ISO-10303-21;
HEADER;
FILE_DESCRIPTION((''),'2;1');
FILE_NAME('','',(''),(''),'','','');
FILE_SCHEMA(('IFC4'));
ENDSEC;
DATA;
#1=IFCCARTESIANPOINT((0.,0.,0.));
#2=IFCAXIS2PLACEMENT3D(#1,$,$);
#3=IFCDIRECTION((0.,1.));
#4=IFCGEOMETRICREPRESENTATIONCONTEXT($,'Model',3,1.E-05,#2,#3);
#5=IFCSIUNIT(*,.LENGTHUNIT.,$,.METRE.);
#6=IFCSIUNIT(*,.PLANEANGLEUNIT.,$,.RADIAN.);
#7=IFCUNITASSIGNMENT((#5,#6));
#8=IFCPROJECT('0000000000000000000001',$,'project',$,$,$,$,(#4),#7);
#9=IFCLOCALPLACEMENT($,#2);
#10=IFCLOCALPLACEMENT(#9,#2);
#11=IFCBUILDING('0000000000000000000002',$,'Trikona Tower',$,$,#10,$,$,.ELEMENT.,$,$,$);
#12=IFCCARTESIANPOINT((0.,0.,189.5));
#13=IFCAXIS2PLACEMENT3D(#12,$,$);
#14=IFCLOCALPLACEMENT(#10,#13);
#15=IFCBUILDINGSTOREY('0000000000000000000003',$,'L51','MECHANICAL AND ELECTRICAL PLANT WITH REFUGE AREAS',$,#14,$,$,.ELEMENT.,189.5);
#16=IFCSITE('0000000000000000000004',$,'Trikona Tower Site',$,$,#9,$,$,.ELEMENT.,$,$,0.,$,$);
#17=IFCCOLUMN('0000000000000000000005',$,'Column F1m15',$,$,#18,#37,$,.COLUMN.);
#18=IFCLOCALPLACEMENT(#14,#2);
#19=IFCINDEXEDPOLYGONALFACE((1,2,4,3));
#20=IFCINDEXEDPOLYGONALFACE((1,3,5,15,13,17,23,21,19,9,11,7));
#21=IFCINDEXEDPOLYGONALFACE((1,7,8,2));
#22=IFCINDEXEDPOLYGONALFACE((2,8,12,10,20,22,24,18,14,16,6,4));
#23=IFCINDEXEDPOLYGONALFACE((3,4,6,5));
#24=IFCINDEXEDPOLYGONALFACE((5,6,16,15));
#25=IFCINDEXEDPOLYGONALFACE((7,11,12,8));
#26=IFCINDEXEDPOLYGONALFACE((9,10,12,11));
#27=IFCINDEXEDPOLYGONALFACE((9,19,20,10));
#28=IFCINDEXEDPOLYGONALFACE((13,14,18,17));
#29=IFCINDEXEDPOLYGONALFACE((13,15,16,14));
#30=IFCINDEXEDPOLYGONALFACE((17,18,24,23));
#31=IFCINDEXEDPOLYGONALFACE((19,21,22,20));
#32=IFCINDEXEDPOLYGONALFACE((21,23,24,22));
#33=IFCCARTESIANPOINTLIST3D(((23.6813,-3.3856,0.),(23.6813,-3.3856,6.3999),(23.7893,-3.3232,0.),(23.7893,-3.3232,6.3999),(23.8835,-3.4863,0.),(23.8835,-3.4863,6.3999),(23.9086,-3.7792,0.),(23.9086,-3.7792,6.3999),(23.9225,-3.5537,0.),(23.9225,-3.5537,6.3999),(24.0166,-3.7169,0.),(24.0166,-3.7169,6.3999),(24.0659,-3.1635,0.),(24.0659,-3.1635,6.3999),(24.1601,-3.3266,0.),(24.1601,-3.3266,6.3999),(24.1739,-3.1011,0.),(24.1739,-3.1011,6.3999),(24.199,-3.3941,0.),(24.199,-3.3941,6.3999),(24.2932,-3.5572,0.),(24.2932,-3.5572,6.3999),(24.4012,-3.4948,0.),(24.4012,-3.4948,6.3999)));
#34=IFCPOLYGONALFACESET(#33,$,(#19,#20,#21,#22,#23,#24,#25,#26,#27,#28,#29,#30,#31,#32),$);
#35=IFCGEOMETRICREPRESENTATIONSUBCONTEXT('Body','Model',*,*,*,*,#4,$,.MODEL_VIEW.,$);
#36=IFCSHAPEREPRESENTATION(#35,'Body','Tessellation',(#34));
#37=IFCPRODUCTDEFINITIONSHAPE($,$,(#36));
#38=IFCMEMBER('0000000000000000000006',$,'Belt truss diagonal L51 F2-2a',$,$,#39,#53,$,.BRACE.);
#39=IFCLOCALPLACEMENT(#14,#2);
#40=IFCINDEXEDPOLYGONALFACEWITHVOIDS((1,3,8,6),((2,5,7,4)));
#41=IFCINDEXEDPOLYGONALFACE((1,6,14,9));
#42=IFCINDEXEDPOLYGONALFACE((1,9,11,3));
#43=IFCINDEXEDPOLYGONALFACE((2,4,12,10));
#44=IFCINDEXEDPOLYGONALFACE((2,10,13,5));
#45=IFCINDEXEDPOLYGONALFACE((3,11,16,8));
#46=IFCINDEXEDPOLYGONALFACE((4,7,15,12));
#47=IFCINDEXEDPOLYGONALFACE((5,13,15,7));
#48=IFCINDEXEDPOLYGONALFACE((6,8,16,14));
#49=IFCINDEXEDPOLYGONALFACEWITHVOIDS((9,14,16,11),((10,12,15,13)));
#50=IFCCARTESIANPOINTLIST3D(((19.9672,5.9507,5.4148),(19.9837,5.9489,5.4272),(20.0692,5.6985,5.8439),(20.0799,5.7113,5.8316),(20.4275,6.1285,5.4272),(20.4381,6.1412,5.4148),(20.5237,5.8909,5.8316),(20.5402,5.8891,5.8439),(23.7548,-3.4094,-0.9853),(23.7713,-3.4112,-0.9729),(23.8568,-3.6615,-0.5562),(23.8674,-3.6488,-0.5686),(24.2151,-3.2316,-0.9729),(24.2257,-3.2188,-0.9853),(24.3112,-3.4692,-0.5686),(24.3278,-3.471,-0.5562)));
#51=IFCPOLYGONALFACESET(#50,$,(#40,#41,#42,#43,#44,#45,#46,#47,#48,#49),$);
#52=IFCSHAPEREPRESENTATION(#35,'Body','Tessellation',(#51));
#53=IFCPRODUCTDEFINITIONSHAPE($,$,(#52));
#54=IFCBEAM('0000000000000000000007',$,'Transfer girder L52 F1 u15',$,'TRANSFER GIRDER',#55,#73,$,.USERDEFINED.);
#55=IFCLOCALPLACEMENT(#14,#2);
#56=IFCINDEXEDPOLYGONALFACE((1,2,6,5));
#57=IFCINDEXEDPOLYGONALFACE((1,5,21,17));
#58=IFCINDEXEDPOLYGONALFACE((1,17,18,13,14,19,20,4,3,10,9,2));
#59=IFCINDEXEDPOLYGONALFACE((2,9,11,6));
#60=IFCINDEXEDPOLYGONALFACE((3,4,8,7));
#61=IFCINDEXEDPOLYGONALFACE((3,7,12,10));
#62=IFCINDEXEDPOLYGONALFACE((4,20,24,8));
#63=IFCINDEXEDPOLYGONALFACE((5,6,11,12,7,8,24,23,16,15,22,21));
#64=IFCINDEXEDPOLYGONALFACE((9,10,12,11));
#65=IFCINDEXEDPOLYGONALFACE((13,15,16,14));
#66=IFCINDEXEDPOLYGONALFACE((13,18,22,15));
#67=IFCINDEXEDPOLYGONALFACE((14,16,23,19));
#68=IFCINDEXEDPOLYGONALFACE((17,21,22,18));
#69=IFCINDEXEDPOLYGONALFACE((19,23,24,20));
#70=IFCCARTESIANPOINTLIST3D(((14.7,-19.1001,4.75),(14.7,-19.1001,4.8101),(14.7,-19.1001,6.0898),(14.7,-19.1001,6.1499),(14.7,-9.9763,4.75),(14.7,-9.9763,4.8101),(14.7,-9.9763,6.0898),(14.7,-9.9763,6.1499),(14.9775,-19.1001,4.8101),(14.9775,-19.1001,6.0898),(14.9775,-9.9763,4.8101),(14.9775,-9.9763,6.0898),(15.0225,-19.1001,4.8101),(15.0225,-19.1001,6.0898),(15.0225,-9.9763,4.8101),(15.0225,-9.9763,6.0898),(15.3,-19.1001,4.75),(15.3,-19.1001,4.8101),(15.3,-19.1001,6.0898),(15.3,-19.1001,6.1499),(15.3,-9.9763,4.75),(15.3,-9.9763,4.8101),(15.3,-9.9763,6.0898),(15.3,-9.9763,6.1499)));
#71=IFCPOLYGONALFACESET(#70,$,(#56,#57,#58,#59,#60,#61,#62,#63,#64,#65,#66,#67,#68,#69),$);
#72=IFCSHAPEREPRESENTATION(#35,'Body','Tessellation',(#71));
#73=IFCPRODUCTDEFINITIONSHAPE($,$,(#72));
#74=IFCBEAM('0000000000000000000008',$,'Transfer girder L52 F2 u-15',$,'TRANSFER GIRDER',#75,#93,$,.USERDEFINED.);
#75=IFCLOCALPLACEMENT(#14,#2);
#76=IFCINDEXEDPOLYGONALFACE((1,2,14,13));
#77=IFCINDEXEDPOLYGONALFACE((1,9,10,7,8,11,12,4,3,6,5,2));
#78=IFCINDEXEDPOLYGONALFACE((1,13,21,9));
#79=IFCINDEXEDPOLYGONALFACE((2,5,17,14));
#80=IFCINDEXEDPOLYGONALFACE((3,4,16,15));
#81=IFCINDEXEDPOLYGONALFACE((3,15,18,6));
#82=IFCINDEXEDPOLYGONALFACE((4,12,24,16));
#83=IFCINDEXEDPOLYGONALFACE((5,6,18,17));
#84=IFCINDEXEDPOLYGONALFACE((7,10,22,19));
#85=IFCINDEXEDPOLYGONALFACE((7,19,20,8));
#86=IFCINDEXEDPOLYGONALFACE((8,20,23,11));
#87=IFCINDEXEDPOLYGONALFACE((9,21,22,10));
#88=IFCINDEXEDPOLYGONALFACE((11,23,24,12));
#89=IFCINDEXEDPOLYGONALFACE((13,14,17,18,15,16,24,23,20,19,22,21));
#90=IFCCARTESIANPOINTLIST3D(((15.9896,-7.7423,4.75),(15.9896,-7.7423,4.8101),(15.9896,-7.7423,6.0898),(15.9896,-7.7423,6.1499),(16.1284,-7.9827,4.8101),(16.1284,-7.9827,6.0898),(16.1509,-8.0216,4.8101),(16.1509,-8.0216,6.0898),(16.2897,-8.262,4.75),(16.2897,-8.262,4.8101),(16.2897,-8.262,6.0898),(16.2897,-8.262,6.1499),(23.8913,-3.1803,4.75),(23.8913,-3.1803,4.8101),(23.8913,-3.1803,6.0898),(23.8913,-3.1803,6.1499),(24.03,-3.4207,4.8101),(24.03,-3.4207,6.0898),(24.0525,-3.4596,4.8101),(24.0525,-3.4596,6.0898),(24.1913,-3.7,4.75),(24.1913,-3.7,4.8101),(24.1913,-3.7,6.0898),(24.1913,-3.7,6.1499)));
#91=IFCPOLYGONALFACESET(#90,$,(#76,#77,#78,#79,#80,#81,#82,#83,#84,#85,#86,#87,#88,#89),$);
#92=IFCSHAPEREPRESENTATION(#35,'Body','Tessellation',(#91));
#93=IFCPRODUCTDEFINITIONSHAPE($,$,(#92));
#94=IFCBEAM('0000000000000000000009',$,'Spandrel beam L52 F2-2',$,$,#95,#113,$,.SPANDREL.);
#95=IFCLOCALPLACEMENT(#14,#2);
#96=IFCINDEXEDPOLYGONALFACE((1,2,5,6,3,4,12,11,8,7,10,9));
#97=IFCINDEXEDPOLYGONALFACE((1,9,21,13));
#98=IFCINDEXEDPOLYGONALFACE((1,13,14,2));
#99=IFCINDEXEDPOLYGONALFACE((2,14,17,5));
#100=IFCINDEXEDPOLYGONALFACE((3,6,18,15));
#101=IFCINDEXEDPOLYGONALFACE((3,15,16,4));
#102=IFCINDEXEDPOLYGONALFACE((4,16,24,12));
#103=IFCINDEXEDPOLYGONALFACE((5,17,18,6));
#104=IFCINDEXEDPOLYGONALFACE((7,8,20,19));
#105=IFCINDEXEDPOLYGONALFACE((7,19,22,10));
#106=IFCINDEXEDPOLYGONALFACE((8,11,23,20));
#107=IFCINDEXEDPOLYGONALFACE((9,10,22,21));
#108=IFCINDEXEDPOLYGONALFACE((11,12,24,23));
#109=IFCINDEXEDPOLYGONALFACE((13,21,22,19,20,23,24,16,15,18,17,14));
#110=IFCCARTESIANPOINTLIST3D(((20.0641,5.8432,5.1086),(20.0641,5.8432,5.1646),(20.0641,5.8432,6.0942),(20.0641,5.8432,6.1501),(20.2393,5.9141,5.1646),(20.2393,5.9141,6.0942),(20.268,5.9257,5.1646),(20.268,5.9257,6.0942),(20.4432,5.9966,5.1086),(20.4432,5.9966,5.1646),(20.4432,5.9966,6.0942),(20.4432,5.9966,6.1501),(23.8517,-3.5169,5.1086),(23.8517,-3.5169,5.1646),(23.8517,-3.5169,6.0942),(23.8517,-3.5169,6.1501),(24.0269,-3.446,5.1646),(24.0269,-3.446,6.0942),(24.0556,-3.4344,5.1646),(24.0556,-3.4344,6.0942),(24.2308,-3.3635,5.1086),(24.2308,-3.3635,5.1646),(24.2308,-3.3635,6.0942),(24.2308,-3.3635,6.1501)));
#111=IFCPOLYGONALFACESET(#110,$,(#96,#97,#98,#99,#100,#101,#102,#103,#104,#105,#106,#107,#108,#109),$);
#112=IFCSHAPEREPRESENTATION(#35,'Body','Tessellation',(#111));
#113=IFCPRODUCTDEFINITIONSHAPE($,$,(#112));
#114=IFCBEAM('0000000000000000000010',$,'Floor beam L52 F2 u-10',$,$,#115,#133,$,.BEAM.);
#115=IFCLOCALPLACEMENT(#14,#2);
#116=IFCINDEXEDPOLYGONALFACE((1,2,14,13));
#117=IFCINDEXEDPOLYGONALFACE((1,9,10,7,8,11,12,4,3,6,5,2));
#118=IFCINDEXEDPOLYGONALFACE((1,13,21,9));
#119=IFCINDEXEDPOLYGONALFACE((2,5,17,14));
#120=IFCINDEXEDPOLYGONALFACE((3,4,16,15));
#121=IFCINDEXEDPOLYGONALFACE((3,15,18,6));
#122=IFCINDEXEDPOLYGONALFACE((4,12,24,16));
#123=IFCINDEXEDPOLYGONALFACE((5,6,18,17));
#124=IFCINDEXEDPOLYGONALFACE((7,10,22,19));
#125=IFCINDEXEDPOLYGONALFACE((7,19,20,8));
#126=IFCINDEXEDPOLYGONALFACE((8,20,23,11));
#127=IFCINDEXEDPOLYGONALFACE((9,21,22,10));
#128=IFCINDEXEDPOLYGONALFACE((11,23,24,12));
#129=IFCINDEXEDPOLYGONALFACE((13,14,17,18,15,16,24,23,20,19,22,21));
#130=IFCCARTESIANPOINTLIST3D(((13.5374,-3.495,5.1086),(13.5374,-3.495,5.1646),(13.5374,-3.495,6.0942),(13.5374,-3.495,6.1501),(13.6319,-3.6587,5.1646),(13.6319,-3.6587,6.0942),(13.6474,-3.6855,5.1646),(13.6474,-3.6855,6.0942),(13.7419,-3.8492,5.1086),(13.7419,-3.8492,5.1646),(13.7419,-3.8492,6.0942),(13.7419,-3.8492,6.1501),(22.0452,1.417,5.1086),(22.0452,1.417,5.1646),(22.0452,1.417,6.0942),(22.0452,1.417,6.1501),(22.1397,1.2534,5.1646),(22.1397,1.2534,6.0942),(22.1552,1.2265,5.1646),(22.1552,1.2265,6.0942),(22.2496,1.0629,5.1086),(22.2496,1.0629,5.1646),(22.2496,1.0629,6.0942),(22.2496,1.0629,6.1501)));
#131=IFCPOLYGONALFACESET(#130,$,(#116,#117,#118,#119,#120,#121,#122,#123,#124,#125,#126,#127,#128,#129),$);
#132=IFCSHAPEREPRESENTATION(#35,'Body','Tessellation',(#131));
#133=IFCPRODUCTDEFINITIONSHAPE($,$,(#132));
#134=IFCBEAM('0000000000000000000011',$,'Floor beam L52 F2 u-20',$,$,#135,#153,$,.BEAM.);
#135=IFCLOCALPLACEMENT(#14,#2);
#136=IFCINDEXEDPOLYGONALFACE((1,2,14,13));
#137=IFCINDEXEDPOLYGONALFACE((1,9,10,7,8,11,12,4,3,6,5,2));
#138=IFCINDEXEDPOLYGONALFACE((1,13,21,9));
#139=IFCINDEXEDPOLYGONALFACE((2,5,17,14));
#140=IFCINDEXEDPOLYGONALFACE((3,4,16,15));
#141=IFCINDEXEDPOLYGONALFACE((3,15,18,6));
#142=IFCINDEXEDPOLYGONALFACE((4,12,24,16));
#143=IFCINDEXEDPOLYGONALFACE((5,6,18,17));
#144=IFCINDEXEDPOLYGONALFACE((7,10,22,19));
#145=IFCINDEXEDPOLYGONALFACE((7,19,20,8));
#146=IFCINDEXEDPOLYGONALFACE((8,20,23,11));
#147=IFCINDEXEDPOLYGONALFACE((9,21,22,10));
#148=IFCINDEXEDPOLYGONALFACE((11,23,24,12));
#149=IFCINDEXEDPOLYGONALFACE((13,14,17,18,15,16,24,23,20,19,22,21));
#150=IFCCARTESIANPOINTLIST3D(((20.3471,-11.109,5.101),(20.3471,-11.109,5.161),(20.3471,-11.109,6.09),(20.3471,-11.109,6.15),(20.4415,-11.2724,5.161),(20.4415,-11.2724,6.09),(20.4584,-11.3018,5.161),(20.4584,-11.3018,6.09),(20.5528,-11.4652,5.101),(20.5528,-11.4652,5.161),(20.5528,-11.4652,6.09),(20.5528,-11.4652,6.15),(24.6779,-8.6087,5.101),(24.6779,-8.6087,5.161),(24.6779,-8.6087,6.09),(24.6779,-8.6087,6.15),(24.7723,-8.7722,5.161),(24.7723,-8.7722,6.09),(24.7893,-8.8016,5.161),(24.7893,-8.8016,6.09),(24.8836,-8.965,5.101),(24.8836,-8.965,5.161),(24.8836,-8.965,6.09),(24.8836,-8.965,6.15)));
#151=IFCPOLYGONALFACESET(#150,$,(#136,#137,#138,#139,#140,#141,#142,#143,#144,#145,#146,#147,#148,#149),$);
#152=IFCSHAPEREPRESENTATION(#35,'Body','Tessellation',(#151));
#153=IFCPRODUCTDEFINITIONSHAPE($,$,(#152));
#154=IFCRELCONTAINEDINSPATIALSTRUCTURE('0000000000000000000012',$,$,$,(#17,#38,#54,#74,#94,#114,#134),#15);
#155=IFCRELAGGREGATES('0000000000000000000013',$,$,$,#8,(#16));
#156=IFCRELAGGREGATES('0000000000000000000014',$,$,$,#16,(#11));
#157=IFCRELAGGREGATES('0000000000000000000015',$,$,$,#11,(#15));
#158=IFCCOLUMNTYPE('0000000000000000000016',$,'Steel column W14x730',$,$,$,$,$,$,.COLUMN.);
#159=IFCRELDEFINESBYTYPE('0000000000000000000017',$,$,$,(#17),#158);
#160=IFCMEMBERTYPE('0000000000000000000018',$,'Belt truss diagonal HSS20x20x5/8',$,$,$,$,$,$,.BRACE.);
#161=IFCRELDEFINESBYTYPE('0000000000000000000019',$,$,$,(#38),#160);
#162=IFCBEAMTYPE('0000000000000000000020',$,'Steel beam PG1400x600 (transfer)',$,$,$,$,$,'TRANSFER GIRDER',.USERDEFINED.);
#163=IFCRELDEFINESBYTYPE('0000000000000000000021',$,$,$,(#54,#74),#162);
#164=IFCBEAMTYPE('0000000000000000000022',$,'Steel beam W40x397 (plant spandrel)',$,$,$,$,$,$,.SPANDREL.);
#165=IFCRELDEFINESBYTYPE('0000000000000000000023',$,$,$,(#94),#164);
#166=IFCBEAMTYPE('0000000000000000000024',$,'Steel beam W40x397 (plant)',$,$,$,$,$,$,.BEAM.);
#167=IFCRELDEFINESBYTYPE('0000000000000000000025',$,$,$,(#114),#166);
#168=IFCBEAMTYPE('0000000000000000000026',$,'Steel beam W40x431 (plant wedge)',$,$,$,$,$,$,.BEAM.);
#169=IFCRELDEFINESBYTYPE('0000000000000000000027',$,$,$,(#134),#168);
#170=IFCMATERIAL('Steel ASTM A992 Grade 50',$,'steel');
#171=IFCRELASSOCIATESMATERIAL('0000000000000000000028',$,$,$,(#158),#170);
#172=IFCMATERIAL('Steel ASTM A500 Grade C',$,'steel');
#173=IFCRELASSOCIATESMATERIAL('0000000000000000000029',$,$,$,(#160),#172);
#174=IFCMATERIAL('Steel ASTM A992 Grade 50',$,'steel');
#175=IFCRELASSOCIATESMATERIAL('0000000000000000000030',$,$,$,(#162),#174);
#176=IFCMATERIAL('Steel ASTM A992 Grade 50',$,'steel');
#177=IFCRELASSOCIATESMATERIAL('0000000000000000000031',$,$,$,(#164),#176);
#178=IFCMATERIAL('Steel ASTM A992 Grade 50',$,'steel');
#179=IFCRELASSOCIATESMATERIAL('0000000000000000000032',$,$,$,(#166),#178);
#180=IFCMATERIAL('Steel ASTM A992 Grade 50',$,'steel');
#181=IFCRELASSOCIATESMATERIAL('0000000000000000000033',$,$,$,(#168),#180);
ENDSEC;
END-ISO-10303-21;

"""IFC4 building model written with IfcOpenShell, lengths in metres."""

from ifc_helpers import new_model, si_unit, direction, frame, origin, origin_2d, place, context, subcontext, project, spatial, hollow_rectangle, i_section, extrude, material, material_profile, profile_set, type_object, element, save


model = new_model("IFC4")

# Units and contexts
model_context = context("Model", 3, precision=1e-05, world=origin(), true_north=direction((0.0, 1.0)))
body_context = subcontext(model_context, "Body", "Model", "MODEL_VIEW")
ifc_project = project(units=[si_unit("LENGTHUNIT", "METRE"), si_unit("PLANEANGLEUNIT", "RADIAN")], contexts=[model_context])

# Site, building, storey
site_placement = place(None, origin())
site = spatial("IfcSite", under=ifc_project, at=site_placement, Name="Trikona Tower Site", CompositionType="ELEMENT", RefElevation=0.0)
building_placement = place(site_placement, origin())
building = spatial("IfcBuilding", under=site, at=building_placement, Name="Trikona Tower", CompositionType="ELEMENT")
storey_placement = place(building_placement, frame((0.0, 0.0, 189.5)))
storey = spatial("IfcBuildingStorey", under=building, at=storey_placement, Name="L51", Description="MECHANICAL AND ELECTRICAL PLANT WITH REFUGE AREAS", CompositionType="ELEMENT", Elevation=189.5)

# Column
ifc_material_1 = material(Name="Steel ASTM A992 Grade 50", Category="steel")
ifc_material_profile_1 = material_profile(ifc_material_1, i_section(OverallWidth=0.4546, OverallDepth=0.5688, WebThickness=0.0779, FlangeThickness=0.1248, at=origin_2d()), Name="W14X730")
ifc_profile_set_1 = profile_set([ifc_material_profile_1], Name="Steel ASTM A992 Grade 50")
column_type = type_object("IfcColumnType", Name="Steel column W14x730", PredefinedType="COLUMN", material=ifc_profile_set_1)
column_placement = place(storey_placement, frame((24.0413, -3.4402, 0.0), z_axis=(0.0, 0.0, 1.0), x_axis=(-0.5, 0.866025, 0.0)))
element("IfcColumn", 1, at=column_placement, inside=storey, type_object=column_type, Name="Column F1m15", PredefinedType="COLUMN", context=body_context, shape_type="SweptSolid", body=[
    extrude(i_section(OverallWidth=0.4546, OverallDepth=0.5688, WebThickness=0.0779, FlangeThickness=0.1248, at=origin_2d()), origin(), (0.0, 0.0, 1.0), 6.3999),
])

# Member
ifc_material_2 = material(Name="Steel ASTM A500 Grade C", Category="steel")
ifc_material_profile_2 = material_profile(ifc_material_2, hollow_rectangle(XDim=0.5081, YDim=0.5081, WallThickness=0.0146, at=origin_2d()), Name="HSS20X20X5/8")
ifc_profile_set_2 = profile_set([ifc_material_profile_2], Name="Steel ASTM A500 Grade C")
member_type = type_object("IfcMemberType", Name="Belt truss diagonal HSS20x20x5/8", PredefinedType="BRACE", material=ifc_profile_set_2)
member_placement = place(storey_placement, frame((24.0413, -3.4402, -0.7708), z_axis=(-0.316824, 0.782952, 0.535358), x_axis=(-0.926982, -0.375106, 0.0)))
element("IfcMember", 2, at=member_placement, inside=storey, type_object=member_type, Name="Belt truss diagonal L51 F2-2a", PredefinedType="BRACE", context=body_context, shape_type="SweptSolid", body=[
    extrude(hollow_rectangle(XDim=0.5081, YDim=0.5081, WallThickness=0.0146, at=origin_2d()), origin(), (0.0, 0.0, 1.0), 11.9548),
])

# Beams
ifc_material_3 = material(Name="Steel ASTM A992 Grade 50", Category="steel")
ifc_material_profile_3 = material_profile(ifc_material_3, i_section(OverallWidth=0.6001, OverallDepth=1.3999, WebThickness=0.0449, FlangeThickness=0.0601, at=origin_2d()), Name="PG1400X600")
ifc_profile_set_3 = profile_set([ifc_material_profile_3], Name="Steel ASTM A992 Grade 50")
beam_type_1 = type_object("IfcBeamType", Name="Steel beam PG1400x600 (transfer)", ElementType="TRANSFER GIRDER", PredefinedType="USERDEFINED", material=ifc_profile_set_3)
beam_1_placement = place(storey_placement, frame((15.0, -9.9763, 5.45), z_axis=(0.0, -1.0, 0.0), x_axis=(1.0, 0.0, 0.0)))
element("IfcBeam", 3, at=beam_1_placement, inside=storey, type_object=beam_type_1, Name="Transfer girder L52 F1 u15", ObjectType="TRANSFER GIRDER", PredefinedType="USERDEFINED", context=body_context, shape_type="SweptSolid", body=[
    extrude(i_section(OverallWidth=0.6001, OverallDepth=1.3999, WebThickness=0.0449, FlangeThickness=0.0601, at=origin_2d()), origin(), (0.0, 0.0, 1.0), 9.1238),
])
beam_2_placement = place(storey_placement, frame((16.1396, -8.0022, 5.45), z_axis=(0.866025, 0.500001, 0.0), x_axis=(-0.500001, 0.866025, 0.0)))
element("IfcBeam", 4, at=beam_2_placement, inside=storey, type_object=beam_type_1, Name="Transfer girder L52 F2 u-15", ObjectType="TRANSFER GIRDER", PredefinedType="USERDEFINED", context=body_context, shape_type="SweptSolid", body=[
    extrude(i_section(OverallWidth=0.6001, OverallDepth=1.3999, WebThickness=0.0449, FlangeThickness=0.0601, at=origin_2d()), origin(), (0.0, 0.0, 1.0), 9.124),
])
ifc_material_4 = material(Name="Steel ASTM A992 Grade 50", Category="steel")
ifc_material_profile_4 = material_profile(ifc_material_4, i_section(OverallWidth=0.4089, OverallDepth=1.0415, WebThickness=0.031, FlangeThickness=0.0559, at=origin_2d()), Name="W40X397")
ifc_profile_set_4 = profile_set([ifc_material_profile_4], Name="Steel ASTM A992 Grade 50")
beam_type_2 = type_object("IfcBeamType", Name="Steel beam W40x397 (plant spandrel)", PredefinedType="SPANDREL", material=ifc_profile_set_4)
beam_3_placement = place(storey_placement, frame((24.0413, -3.4402, 5.6294), z_axis=(-0.375106, 0.926982, 0.0), x_axis=(-0.926982, -0.375106, 0.0)))
element("IfcBeam", 5, at=beam_3_placement, inside=storey, type_object=beam_type_2, Name="Spandrel beam L52 F2-2", PredefinedType="SPANDREL", context=body_context, shape_type="SweptSolid", body=[
    extrude(i_section(OverallWidth=0.4089, OverallDepth=1.0415, WebThickness=0.031, FlangeThickness=0.0559, at=origin_2d()), origin(), (0.0, 0.0, 1.0), 10.0974),
])
ifc_material_5 = material(Name="Steel ASTM A992 Grade 50", Category="steel")
ifc_material_profile_5 = material_profile(ifc_material_5, i_section(OverallWidth=0.4089, OverallDepth=1.0415, WebThickness=0.031, FlangeThickness=0.0559, at=origin_2d()), Name="W40X397")
ifc_profile_set_5 = profile_set([ifc_material_profile_5], Name="Steel ASTM A992 Grade 50")
beam_type_3 = type_object("IfcBeamType", Name="Steel beam W40x397 (plant)", PredefinedType="BEAM", material=ifc_profile_set_5)
beam_4_placement = place(storey_placement, frame((13.6396, -3.6721, 5.6294), z_axis=(0.86602, 0.500009, 0.0), x_axis=(-0.500009, 0.86602, 0.0)))
element("IfcBeam", 6, at=beam_4_placement, inside=storey, type_object=beam_type_3, Name="Floor beam L52 F2 u-10", PredefinedType="BEAM", context=body_context, shape_type="SweptSolid", body=[
    extrude(i_section(OverallWidth=0.4089, OverallDepth=1.0415, WebThickness=0.031, FlangeThickness=0.0559, at=origin_2d()), origin(), (0.0, 0.0, 1.0), 9.824),
])
ifc_material_6 = material(Name="Steel ASTM A992 Grade 50", Category="steel")
ifc_material_profile_6 = material_profile(ifc_material_6, i_section(OverallWidth=0.4114, OverallDepth=1.0491, WebThickness=0.0339, FlangeThickness=0.0601, at=origin_2d()), Name="W40X431")
ifc_profile_set_6 = profile_set([ifc_material_profile_6], Name="Steel ASTM A992 Grade 50")
beam_type_4 = type_object("IfcBeamType", Name="Steel beam W40x431 (plant wedge)", PredefinedType="BEAM", material=ifc_profile_set_6)
beam_5_placement = place(storey_placement, frame((20.45, -11.2871, 5.6255), z_axis=(0.866038, 0.499977, 0.0), x_axis=(-0.499977, 0.866038, 0.0)))
element("IfcBeam", 7, at=beam_5_placement, inside=storey, type_object=beam_type_4, Name="Floor beam L52 F2 u-20", PredefinedType="BEAM", context=body_context, shape_type="SweptSolid", body=[
    extrude(i_section(OverallWidth=0.4114, OverallDepth=1.0491, WebThickness=0.0339, FlangeThickness=0.0601, at=origin_2d()), origin(), (0.0, 0.0, 1.0), 5.0007),
])

save(model, "model.ifc")
